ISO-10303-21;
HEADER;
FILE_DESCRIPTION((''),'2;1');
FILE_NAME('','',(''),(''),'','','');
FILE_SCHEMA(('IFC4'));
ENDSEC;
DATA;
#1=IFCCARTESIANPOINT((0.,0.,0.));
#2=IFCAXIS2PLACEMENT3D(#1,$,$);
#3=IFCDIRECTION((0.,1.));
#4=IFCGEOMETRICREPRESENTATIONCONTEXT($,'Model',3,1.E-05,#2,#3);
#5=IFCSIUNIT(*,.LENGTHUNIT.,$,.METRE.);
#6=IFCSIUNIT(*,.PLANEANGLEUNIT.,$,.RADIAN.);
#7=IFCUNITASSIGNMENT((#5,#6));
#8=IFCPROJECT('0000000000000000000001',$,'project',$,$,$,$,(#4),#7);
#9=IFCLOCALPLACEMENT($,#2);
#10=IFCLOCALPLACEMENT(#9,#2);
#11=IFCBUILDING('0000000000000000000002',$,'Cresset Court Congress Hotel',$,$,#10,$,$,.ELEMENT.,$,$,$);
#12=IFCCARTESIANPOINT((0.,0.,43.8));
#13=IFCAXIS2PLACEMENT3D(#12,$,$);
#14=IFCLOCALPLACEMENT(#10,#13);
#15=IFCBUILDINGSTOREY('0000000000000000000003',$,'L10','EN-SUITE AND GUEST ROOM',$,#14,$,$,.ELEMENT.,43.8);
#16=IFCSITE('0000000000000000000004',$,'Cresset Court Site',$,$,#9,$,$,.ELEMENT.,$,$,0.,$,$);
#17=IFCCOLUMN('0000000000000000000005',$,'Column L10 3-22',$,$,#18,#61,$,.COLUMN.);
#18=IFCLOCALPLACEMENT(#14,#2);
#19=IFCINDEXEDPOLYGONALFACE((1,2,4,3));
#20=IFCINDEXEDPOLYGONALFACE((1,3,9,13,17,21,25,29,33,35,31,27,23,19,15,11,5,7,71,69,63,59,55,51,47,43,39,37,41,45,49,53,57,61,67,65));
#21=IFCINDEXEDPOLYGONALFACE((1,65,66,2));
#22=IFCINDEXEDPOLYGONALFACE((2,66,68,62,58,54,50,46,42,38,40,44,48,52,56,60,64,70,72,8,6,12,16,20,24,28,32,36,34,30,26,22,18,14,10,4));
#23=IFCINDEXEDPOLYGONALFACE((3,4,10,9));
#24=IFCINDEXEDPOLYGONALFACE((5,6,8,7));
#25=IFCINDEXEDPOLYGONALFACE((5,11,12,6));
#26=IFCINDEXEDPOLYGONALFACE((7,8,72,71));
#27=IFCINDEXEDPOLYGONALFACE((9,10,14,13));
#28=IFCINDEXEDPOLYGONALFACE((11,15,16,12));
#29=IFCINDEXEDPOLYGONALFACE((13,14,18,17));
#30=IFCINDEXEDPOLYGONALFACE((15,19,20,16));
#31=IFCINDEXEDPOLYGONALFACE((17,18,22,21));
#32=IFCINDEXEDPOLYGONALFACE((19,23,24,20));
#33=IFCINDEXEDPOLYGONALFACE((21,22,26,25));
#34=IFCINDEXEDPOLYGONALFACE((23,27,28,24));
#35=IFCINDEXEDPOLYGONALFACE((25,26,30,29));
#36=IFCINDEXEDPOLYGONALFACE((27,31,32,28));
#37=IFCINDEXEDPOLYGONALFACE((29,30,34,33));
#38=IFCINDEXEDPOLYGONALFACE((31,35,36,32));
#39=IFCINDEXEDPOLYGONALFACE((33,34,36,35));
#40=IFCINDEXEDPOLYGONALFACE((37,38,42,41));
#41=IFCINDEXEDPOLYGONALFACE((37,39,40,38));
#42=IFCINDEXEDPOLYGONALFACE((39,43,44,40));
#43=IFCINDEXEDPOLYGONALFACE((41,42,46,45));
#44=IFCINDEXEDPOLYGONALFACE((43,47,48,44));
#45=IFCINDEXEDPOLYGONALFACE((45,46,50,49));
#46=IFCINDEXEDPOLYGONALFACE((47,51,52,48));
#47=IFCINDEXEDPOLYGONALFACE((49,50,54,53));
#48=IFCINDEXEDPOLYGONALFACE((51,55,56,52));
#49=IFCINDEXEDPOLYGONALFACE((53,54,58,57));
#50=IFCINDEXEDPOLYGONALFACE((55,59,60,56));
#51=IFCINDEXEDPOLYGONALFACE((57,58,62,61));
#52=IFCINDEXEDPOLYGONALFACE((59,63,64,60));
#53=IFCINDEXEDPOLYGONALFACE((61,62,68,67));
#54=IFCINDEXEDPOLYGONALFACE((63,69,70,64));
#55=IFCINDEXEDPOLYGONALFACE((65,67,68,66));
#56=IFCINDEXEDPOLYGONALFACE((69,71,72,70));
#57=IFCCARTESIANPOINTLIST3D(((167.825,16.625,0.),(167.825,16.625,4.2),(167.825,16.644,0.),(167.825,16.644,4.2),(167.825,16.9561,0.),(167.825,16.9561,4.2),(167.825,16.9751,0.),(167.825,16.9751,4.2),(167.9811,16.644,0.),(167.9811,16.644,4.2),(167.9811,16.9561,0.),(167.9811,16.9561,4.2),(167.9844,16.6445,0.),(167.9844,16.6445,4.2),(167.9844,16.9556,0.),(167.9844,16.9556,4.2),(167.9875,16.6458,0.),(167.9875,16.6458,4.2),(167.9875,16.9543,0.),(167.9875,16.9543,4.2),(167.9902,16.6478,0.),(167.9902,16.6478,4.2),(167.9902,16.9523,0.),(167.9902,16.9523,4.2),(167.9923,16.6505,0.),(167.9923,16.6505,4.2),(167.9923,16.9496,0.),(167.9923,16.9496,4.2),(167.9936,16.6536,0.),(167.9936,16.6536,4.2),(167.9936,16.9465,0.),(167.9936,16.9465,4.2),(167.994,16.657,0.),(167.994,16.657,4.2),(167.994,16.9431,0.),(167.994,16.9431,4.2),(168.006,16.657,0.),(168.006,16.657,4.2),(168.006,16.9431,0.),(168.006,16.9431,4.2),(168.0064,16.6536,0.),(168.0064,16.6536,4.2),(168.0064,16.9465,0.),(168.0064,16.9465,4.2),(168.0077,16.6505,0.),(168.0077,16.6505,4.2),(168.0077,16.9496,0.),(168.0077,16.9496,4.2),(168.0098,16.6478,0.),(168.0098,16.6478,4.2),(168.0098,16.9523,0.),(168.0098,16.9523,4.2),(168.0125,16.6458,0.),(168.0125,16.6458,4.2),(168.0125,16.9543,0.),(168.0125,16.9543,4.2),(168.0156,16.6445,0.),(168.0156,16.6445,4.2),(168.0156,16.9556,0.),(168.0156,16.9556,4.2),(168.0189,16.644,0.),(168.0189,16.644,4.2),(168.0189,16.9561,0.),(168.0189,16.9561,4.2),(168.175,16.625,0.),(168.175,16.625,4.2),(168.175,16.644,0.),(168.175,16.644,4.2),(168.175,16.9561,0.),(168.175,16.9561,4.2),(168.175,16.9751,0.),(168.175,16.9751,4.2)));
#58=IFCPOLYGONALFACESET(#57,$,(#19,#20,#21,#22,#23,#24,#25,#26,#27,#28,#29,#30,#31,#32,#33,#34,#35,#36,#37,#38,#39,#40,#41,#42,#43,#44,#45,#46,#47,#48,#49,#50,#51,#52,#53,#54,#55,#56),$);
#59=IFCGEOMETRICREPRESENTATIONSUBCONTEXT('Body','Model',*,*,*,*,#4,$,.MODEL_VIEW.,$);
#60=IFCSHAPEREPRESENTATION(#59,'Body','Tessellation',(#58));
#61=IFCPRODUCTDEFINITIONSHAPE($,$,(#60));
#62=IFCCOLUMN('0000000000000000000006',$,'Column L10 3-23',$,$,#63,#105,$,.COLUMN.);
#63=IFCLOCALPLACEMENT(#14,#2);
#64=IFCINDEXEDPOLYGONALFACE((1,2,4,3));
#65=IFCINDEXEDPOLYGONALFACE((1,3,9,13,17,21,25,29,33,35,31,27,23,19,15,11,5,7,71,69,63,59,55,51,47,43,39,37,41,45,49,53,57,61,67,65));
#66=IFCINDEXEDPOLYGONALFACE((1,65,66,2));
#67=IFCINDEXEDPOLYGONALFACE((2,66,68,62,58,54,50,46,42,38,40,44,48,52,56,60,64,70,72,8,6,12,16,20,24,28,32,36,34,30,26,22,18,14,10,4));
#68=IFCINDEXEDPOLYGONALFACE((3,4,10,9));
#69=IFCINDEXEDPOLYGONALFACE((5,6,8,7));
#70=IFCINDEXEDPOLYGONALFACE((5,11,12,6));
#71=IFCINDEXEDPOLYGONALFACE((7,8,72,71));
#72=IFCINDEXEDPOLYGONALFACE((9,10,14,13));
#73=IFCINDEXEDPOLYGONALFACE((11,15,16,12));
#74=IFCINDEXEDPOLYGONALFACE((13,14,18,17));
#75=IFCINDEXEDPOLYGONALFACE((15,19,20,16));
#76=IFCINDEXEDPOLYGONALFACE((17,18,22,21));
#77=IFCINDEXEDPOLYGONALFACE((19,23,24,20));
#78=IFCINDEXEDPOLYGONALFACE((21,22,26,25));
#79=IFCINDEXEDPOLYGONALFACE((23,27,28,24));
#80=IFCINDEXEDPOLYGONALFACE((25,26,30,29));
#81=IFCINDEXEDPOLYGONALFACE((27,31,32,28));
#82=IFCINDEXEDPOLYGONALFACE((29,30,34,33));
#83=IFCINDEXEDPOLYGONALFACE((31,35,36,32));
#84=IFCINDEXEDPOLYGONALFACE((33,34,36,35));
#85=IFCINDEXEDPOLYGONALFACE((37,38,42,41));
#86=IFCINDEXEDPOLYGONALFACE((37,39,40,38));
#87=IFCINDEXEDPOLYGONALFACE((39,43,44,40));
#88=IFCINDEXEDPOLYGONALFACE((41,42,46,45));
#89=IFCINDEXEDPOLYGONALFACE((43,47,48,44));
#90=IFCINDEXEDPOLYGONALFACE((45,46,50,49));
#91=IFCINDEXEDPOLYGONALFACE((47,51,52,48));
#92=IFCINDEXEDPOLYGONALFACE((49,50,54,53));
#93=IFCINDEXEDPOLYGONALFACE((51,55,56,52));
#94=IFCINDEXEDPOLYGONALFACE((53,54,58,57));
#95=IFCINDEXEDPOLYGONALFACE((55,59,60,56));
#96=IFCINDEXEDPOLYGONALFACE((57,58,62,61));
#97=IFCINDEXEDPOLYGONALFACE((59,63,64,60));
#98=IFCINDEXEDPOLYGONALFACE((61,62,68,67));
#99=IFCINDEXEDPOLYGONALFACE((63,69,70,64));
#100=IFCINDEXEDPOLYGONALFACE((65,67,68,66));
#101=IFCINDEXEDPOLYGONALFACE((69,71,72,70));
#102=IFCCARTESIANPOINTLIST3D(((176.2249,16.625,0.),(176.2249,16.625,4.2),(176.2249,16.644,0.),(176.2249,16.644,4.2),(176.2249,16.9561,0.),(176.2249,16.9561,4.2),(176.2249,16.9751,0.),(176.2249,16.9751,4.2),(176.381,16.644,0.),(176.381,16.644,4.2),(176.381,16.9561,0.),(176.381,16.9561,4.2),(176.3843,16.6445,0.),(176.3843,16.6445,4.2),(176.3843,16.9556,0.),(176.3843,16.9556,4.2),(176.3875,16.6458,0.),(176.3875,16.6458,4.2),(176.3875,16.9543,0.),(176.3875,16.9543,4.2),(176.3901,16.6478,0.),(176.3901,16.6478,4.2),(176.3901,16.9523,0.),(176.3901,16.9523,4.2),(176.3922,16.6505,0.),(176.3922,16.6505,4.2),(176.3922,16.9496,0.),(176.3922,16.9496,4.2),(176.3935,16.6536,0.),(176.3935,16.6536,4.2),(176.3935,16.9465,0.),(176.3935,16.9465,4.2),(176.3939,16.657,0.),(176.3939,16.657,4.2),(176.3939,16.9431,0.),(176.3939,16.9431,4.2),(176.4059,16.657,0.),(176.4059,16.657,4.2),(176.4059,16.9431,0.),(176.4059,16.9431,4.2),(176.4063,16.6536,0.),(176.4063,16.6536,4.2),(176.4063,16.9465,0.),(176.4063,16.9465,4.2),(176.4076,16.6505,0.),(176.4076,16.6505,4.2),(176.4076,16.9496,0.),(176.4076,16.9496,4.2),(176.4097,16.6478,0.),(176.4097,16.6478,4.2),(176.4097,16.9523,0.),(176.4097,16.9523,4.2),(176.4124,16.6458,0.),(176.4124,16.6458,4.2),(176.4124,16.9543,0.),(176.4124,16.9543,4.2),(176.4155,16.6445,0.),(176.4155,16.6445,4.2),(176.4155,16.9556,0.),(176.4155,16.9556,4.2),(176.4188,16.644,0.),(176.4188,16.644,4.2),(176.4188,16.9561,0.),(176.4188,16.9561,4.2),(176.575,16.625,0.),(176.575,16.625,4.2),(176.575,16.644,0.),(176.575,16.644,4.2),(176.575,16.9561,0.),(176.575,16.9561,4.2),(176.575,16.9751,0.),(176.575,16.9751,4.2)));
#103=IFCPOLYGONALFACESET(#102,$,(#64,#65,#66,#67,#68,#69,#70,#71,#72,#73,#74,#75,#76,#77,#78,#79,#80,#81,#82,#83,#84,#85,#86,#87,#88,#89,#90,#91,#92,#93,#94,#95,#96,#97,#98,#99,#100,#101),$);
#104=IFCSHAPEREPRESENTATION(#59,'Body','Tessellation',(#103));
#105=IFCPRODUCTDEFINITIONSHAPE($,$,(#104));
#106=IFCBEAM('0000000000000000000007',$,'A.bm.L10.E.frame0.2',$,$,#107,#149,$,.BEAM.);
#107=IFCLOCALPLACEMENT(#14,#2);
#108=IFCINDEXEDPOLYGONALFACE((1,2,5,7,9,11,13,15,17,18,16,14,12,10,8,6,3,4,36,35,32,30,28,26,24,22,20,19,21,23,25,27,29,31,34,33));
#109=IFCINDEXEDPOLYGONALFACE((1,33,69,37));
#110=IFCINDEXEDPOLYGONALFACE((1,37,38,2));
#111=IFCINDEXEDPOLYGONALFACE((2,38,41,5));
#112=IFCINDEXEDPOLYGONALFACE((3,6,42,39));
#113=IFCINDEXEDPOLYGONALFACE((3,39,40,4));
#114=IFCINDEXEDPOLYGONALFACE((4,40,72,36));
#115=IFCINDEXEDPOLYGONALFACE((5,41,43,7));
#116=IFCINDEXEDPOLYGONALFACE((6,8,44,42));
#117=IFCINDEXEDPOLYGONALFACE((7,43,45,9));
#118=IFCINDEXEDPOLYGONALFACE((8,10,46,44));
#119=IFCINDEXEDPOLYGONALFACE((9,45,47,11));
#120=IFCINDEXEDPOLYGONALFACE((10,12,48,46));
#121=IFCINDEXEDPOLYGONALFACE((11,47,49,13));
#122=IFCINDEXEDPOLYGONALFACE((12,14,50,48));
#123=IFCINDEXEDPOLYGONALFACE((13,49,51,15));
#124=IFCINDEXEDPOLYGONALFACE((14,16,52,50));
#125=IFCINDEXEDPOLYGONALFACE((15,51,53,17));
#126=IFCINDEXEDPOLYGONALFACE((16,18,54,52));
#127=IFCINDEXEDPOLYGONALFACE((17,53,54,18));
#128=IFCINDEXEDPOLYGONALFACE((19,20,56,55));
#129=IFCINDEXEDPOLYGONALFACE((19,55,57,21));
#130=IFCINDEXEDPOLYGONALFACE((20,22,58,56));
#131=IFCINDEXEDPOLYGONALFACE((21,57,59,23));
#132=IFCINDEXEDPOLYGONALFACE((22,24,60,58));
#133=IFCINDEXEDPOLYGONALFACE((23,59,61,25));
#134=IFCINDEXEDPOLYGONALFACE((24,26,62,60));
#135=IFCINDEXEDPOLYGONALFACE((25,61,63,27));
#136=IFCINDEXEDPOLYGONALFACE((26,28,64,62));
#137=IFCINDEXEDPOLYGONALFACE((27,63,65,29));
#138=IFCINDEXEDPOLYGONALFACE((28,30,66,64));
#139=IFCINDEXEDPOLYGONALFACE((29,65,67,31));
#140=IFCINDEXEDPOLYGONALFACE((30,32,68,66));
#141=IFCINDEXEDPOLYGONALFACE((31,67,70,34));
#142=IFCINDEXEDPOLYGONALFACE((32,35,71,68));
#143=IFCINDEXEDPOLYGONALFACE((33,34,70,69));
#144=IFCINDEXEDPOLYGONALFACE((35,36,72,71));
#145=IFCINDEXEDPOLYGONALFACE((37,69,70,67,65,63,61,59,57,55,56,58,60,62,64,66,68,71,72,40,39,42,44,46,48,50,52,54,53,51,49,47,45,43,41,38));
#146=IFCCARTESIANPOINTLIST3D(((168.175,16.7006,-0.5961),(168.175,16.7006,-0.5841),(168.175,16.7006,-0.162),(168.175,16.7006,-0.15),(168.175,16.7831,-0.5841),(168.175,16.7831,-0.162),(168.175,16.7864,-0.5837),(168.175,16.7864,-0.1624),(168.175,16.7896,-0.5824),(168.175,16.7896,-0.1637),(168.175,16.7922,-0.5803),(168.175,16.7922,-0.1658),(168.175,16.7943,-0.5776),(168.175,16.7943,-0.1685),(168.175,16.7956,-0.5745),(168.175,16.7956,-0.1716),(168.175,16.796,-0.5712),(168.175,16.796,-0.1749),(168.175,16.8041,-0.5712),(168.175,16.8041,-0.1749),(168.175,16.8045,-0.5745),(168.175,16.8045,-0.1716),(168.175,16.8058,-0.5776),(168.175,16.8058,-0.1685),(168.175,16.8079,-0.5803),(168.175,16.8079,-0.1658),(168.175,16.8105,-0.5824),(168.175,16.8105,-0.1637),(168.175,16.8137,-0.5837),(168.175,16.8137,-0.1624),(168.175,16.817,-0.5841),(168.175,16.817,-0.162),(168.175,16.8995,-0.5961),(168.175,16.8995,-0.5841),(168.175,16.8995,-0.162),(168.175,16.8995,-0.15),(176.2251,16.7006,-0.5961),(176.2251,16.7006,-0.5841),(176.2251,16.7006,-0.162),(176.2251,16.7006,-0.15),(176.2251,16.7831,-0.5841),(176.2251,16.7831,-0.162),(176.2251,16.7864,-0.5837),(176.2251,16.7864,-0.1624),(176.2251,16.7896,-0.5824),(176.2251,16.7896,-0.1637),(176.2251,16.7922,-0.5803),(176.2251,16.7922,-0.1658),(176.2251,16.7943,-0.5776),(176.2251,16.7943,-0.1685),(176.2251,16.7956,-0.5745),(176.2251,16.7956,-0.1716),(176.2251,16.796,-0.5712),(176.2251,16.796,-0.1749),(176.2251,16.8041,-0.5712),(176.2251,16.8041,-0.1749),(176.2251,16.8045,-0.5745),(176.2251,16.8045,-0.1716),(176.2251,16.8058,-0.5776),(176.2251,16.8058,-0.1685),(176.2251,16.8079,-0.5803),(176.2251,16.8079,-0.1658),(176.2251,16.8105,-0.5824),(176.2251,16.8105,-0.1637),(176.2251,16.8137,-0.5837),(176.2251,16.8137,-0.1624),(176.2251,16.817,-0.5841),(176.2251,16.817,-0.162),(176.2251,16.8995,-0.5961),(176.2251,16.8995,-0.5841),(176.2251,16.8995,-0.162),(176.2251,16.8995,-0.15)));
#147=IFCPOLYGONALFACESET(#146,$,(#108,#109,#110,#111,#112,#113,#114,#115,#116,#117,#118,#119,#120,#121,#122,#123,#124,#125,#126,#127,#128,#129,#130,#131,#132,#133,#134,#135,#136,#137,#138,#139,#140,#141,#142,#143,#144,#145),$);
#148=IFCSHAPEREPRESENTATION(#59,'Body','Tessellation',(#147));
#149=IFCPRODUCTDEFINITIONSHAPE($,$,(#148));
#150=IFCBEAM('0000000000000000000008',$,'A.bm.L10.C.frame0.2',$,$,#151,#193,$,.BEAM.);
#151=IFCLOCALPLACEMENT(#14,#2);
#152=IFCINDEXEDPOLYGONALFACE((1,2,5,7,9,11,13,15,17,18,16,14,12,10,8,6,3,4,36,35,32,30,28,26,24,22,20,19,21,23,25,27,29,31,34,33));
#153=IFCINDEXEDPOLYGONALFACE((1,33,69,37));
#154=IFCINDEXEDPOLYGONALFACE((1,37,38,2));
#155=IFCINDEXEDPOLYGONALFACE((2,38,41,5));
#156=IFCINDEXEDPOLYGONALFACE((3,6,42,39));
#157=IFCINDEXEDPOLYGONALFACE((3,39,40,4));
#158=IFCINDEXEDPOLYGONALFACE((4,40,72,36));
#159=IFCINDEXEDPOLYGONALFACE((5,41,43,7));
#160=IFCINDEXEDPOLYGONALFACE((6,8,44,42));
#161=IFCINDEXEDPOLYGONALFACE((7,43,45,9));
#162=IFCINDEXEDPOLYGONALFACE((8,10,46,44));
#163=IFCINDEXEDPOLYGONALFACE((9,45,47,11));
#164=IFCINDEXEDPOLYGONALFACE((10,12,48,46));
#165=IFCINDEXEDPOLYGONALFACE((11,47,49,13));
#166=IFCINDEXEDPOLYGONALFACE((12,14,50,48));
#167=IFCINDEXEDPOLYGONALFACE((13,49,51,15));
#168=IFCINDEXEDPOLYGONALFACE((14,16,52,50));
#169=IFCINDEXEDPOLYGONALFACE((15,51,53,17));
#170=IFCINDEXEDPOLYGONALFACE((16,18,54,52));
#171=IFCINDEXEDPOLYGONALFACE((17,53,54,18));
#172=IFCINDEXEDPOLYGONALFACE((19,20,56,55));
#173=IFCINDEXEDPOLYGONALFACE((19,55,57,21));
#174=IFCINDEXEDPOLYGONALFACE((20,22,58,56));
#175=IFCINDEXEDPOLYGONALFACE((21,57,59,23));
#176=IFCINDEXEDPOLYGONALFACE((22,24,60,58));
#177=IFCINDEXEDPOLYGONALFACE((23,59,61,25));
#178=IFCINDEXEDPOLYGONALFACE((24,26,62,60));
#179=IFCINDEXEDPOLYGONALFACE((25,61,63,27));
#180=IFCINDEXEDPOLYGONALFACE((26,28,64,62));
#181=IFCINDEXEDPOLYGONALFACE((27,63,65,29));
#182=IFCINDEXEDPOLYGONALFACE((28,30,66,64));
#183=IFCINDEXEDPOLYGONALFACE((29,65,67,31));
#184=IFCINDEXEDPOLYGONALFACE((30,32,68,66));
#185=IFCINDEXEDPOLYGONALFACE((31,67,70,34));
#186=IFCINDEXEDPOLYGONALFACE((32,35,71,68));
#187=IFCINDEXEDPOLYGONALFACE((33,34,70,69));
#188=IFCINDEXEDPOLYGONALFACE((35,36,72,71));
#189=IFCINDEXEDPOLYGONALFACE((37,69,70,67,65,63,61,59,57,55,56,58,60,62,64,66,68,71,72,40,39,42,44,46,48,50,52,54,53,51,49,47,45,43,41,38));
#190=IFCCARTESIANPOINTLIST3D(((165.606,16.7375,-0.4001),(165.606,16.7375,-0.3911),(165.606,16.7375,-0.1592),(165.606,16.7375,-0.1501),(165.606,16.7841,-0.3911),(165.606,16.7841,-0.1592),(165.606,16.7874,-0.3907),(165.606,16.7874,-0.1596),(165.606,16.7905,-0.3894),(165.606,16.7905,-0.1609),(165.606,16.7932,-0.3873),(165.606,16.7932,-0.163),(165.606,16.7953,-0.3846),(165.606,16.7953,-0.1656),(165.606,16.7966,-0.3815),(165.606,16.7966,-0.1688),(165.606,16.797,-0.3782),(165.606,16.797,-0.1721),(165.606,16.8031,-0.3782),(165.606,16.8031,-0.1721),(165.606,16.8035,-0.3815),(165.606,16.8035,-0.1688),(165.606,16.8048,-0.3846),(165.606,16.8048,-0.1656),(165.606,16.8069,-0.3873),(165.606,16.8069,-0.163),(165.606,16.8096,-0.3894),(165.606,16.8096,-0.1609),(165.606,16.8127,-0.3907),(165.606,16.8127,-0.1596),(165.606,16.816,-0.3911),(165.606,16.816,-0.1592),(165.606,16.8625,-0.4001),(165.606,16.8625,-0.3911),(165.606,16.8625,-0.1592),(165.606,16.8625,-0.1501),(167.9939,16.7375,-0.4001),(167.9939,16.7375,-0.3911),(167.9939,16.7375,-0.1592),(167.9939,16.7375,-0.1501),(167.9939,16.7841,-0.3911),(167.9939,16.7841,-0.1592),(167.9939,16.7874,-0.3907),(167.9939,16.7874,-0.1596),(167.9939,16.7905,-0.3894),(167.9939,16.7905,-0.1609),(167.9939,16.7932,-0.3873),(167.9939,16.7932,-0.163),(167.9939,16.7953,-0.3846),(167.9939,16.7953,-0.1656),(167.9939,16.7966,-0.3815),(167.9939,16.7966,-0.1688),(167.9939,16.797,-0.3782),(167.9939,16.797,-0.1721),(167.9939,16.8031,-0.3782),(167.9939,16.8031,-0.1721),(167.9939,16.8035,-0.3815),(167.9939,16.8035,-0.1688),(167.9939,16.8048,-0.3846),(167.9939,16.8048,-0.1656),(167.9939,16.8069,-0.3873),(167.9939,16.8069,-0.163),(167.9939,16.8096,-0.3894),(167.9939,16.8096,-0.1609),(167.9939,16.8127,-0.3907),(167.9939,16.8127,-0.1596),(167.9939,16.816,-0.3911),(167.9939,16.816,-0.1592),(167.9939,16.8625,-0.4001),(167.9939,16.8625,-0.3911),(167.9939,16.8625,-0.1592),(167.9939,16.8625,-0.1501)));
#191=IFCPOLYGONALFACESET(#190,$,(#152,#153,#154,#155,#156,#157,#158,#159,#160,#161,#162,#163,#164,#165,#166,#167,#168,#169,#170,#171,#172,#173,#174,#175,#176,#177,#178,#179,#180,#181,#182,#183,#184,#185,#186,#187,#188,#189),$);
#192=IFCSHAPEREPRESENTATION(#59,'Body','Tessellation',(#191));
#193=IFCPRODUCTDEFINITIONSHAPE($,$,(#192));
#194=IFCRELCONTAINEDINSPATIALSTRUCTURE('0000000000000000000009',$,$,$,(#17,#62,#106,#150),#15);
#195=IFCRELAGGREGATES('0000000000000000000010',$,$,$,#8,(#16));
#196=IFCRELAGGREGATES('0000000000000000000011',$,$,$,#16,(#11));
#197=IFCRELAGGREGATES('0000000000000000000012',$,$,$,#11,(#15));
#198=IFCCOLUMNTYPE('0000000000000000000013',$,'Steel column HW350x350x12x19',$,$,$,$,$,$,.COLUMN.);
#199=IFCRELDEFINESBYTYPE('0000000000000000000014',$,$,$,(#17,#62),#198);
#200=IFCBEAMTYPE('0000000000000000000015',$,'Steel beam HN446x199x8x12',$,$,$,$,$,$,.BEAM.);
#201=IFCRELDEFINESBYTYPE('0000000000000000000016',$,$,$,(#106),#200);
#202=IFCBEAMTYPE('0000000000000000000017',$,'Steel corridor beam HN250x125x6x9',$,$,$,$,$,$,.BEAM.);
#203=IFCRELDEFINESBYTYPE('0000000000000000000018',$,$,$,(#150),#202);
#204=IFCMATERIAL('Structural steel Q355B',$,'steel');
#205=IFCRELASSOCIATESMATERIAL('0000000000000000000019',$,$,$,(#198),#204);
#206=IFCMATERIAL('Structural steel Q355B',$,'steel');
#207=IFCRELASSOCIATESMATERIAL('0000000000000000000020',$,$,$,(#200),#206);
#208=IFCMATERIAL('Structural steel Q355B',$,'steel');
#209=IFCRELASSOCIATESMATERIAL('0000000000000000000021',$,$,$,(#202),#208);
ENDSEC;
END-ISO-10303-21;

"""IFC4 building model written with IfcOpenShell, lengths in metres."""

from ifc_helpers import new_model, si_unit, direction, frame, origin, origin_2d, place, context, subcontext, project, spatial, i_section, extrude, material, material_profile, profile_set, type_object, element, save


model = new_model("IFC4")

# Units and contexts
model_context = context("Model", 3, precision=1e-05, world=origin(), true_north=direction((0.0, 1.0)))
body_context = subcontext(model_context, "Body", "Model", "MODEL_VIEW")
ifc_project = project(units=[si_unit("LENGTHUNIT", "METRE"), si_unit("PLANEANGLEUNIT", "RADIAN")], contexts=[model_context])

# Site, building, storey
site_placement = place(None, origin())
site = spatial("IfcSite", under=ifc_project, at=site_placement, Name="Cresset Court Site", CompositionType="ELEMENT", RefElevation=0.0)
building_placement = place(site_placement, origin())
building = spatial("IfcBuilding", under=site, at=building_placement, Name="Cresset Court Congress Hotel", CompositionType="ELEMENT")
storey_placement = place(building_placement, frame((0.0, 0.0, 43.8)))
storey = spatial("IfcBuildingStorey", under=building, at=storey_placement, Name="L10", Description="EN-SUITE AND GUEST ROOM", CompositionType="ELEMENT", Elevation=43.8)

# Columns
ifc_material_1 = material(Name="Structural steel Q355B", Category="steel")
ifc_material_profile_1 = material_profile(ifc_material_1, i_section(OverallWidth=0.3501, OverallDepth=0.3501, WebThickness=0.012, FlangeThickness=0.019, FilletRadius=0.0129, at=origin_2d()), Name="HW350x350x12x19")
ifc_profile_set_1 = profile_set([ifc_material_profile_1], Name="Structural steel Q355B")
column_type = type_object("IfcColumnType", Name="Steel column HW350x350x12x19", PredefinedType="COLUMN", material=ifc_profile_set_1)
for number, where, z_axis, x_axis, name in (
    (1, (168.0, 16.8, 0.0), (0.0, 0.0, 1.0), (1.0, 0.0, 0.0), "Column L10 3-22"),
    (2, (176.3999, 16.8, 0.0), (0.0, 0.0, 1.0), (1.0, 0.0, 0.0), "Column L10 3-23"),
):
    element("IfcColumn", number, at=place(storey_placement, frame(where, z_axis=z_axis, x_axis=x_axis)), inside=storey, type_object=column_type, Name=name, PredefinedType="COLUMN", context=body_context, shape_type="SweptSolid", body=[
        extrude(i_section(OverallWidth=0.3501, OverallDepth=0.3501, WebThickness=0.012, FlangeThickness=0.019, FilletRadius=0.0129, at=origin_2d()), origin(), (0.0, 0.0, 1.0), 4.2),
    ])

# Beams
ifc_material_2 = material(Name="Structural steel Q355B", Category="steel")
ifc_material_profile_2 = material_profile(ifc_material_2, i_section(OverallWidth=0.199, OverallDepth=0.446, WebThickness=0.0081, FlangeThickness=0.012, FilletRadius=0.0129, at=origin_2d()), Name="HN446x199x8x12")
ifc_profile_set_2 = profile_set([ifc_material_profile_2], Name="Structural steel Q355B")
beam_type_1 = type_object("IfcBeamType", Name="Steel beam HN446x199x8x12", PredefinedType="BEAM", material=ifc_profile_set_2)
beam_1_placement = place(storey_placement, frame((168.175, 16.8, -0.373), z_axis=(1.0, 0.0, 0.0), x_axis=(0.0, 1.0, 0.0)))
element("IfcBeam", 3, at=beam_1_placement, inside=storey, type_object=beam_type_1, Name="A.bm.L10.E.frame0.2", PredefinedType="BEAM", context=body_context, shape_type="SweptSolid", body=[
    extrude(i_section(OverallWidth=0.199, OverallDepth=0.446, WebThickness=0.0081, FlangeThickness=0.012, FilletRadius=0.0129, at=origin_2d()), origin(), (0.0, 0.0, 1.0), 8.05),
])
ifc_material_3 = material(Name="Structural steel Q355B", Category="steel")
ifc_material_profile_3 = material_profile(ifc_material_3, i_section(OverallWidth=0.125, OverallDepth=0.25, WebThickness=0.0061, FlangeThickness=0.009, FilletRadius=0.0129, at=origin_2d()), Name="HN250x125x6x9")
ifc_profile_set_3 = profile_set([ifc_material_profile_3], Name="Structural steel Q355B")
beam_type_2 = type_object("IfcBeamType", Name="Steel corridor beam HN250x125x6x9", PredefinedType="BEAM", material=ifc_profile_set_3)
beam_2_placement = place(storey_placement, frame((165.606, 16.8, -0.2751), z_axis=(1.0, 0.0, 0.0), x_axis=(0.0, 1.0, 0.0)))
element("IfcBeam", 4, at=beam_2_placement, inside=storey, type_object=beam_type_2, Name="A.bm.L10.C.frame0.2", PredefinedType="BEAM", context=body_context, shape_type="SweptSolid", body=[
    extrude(i_section(OverallWidth=0.125, OverallDepth=0.25, WebThickness=0.0061, FlangeThickness=0.009, FilletRadius=0.0129, at=origin_2d()), origin(), (0.0, 0.0, 1.0), 2.3879),
])

save(model, "model.ifc")
